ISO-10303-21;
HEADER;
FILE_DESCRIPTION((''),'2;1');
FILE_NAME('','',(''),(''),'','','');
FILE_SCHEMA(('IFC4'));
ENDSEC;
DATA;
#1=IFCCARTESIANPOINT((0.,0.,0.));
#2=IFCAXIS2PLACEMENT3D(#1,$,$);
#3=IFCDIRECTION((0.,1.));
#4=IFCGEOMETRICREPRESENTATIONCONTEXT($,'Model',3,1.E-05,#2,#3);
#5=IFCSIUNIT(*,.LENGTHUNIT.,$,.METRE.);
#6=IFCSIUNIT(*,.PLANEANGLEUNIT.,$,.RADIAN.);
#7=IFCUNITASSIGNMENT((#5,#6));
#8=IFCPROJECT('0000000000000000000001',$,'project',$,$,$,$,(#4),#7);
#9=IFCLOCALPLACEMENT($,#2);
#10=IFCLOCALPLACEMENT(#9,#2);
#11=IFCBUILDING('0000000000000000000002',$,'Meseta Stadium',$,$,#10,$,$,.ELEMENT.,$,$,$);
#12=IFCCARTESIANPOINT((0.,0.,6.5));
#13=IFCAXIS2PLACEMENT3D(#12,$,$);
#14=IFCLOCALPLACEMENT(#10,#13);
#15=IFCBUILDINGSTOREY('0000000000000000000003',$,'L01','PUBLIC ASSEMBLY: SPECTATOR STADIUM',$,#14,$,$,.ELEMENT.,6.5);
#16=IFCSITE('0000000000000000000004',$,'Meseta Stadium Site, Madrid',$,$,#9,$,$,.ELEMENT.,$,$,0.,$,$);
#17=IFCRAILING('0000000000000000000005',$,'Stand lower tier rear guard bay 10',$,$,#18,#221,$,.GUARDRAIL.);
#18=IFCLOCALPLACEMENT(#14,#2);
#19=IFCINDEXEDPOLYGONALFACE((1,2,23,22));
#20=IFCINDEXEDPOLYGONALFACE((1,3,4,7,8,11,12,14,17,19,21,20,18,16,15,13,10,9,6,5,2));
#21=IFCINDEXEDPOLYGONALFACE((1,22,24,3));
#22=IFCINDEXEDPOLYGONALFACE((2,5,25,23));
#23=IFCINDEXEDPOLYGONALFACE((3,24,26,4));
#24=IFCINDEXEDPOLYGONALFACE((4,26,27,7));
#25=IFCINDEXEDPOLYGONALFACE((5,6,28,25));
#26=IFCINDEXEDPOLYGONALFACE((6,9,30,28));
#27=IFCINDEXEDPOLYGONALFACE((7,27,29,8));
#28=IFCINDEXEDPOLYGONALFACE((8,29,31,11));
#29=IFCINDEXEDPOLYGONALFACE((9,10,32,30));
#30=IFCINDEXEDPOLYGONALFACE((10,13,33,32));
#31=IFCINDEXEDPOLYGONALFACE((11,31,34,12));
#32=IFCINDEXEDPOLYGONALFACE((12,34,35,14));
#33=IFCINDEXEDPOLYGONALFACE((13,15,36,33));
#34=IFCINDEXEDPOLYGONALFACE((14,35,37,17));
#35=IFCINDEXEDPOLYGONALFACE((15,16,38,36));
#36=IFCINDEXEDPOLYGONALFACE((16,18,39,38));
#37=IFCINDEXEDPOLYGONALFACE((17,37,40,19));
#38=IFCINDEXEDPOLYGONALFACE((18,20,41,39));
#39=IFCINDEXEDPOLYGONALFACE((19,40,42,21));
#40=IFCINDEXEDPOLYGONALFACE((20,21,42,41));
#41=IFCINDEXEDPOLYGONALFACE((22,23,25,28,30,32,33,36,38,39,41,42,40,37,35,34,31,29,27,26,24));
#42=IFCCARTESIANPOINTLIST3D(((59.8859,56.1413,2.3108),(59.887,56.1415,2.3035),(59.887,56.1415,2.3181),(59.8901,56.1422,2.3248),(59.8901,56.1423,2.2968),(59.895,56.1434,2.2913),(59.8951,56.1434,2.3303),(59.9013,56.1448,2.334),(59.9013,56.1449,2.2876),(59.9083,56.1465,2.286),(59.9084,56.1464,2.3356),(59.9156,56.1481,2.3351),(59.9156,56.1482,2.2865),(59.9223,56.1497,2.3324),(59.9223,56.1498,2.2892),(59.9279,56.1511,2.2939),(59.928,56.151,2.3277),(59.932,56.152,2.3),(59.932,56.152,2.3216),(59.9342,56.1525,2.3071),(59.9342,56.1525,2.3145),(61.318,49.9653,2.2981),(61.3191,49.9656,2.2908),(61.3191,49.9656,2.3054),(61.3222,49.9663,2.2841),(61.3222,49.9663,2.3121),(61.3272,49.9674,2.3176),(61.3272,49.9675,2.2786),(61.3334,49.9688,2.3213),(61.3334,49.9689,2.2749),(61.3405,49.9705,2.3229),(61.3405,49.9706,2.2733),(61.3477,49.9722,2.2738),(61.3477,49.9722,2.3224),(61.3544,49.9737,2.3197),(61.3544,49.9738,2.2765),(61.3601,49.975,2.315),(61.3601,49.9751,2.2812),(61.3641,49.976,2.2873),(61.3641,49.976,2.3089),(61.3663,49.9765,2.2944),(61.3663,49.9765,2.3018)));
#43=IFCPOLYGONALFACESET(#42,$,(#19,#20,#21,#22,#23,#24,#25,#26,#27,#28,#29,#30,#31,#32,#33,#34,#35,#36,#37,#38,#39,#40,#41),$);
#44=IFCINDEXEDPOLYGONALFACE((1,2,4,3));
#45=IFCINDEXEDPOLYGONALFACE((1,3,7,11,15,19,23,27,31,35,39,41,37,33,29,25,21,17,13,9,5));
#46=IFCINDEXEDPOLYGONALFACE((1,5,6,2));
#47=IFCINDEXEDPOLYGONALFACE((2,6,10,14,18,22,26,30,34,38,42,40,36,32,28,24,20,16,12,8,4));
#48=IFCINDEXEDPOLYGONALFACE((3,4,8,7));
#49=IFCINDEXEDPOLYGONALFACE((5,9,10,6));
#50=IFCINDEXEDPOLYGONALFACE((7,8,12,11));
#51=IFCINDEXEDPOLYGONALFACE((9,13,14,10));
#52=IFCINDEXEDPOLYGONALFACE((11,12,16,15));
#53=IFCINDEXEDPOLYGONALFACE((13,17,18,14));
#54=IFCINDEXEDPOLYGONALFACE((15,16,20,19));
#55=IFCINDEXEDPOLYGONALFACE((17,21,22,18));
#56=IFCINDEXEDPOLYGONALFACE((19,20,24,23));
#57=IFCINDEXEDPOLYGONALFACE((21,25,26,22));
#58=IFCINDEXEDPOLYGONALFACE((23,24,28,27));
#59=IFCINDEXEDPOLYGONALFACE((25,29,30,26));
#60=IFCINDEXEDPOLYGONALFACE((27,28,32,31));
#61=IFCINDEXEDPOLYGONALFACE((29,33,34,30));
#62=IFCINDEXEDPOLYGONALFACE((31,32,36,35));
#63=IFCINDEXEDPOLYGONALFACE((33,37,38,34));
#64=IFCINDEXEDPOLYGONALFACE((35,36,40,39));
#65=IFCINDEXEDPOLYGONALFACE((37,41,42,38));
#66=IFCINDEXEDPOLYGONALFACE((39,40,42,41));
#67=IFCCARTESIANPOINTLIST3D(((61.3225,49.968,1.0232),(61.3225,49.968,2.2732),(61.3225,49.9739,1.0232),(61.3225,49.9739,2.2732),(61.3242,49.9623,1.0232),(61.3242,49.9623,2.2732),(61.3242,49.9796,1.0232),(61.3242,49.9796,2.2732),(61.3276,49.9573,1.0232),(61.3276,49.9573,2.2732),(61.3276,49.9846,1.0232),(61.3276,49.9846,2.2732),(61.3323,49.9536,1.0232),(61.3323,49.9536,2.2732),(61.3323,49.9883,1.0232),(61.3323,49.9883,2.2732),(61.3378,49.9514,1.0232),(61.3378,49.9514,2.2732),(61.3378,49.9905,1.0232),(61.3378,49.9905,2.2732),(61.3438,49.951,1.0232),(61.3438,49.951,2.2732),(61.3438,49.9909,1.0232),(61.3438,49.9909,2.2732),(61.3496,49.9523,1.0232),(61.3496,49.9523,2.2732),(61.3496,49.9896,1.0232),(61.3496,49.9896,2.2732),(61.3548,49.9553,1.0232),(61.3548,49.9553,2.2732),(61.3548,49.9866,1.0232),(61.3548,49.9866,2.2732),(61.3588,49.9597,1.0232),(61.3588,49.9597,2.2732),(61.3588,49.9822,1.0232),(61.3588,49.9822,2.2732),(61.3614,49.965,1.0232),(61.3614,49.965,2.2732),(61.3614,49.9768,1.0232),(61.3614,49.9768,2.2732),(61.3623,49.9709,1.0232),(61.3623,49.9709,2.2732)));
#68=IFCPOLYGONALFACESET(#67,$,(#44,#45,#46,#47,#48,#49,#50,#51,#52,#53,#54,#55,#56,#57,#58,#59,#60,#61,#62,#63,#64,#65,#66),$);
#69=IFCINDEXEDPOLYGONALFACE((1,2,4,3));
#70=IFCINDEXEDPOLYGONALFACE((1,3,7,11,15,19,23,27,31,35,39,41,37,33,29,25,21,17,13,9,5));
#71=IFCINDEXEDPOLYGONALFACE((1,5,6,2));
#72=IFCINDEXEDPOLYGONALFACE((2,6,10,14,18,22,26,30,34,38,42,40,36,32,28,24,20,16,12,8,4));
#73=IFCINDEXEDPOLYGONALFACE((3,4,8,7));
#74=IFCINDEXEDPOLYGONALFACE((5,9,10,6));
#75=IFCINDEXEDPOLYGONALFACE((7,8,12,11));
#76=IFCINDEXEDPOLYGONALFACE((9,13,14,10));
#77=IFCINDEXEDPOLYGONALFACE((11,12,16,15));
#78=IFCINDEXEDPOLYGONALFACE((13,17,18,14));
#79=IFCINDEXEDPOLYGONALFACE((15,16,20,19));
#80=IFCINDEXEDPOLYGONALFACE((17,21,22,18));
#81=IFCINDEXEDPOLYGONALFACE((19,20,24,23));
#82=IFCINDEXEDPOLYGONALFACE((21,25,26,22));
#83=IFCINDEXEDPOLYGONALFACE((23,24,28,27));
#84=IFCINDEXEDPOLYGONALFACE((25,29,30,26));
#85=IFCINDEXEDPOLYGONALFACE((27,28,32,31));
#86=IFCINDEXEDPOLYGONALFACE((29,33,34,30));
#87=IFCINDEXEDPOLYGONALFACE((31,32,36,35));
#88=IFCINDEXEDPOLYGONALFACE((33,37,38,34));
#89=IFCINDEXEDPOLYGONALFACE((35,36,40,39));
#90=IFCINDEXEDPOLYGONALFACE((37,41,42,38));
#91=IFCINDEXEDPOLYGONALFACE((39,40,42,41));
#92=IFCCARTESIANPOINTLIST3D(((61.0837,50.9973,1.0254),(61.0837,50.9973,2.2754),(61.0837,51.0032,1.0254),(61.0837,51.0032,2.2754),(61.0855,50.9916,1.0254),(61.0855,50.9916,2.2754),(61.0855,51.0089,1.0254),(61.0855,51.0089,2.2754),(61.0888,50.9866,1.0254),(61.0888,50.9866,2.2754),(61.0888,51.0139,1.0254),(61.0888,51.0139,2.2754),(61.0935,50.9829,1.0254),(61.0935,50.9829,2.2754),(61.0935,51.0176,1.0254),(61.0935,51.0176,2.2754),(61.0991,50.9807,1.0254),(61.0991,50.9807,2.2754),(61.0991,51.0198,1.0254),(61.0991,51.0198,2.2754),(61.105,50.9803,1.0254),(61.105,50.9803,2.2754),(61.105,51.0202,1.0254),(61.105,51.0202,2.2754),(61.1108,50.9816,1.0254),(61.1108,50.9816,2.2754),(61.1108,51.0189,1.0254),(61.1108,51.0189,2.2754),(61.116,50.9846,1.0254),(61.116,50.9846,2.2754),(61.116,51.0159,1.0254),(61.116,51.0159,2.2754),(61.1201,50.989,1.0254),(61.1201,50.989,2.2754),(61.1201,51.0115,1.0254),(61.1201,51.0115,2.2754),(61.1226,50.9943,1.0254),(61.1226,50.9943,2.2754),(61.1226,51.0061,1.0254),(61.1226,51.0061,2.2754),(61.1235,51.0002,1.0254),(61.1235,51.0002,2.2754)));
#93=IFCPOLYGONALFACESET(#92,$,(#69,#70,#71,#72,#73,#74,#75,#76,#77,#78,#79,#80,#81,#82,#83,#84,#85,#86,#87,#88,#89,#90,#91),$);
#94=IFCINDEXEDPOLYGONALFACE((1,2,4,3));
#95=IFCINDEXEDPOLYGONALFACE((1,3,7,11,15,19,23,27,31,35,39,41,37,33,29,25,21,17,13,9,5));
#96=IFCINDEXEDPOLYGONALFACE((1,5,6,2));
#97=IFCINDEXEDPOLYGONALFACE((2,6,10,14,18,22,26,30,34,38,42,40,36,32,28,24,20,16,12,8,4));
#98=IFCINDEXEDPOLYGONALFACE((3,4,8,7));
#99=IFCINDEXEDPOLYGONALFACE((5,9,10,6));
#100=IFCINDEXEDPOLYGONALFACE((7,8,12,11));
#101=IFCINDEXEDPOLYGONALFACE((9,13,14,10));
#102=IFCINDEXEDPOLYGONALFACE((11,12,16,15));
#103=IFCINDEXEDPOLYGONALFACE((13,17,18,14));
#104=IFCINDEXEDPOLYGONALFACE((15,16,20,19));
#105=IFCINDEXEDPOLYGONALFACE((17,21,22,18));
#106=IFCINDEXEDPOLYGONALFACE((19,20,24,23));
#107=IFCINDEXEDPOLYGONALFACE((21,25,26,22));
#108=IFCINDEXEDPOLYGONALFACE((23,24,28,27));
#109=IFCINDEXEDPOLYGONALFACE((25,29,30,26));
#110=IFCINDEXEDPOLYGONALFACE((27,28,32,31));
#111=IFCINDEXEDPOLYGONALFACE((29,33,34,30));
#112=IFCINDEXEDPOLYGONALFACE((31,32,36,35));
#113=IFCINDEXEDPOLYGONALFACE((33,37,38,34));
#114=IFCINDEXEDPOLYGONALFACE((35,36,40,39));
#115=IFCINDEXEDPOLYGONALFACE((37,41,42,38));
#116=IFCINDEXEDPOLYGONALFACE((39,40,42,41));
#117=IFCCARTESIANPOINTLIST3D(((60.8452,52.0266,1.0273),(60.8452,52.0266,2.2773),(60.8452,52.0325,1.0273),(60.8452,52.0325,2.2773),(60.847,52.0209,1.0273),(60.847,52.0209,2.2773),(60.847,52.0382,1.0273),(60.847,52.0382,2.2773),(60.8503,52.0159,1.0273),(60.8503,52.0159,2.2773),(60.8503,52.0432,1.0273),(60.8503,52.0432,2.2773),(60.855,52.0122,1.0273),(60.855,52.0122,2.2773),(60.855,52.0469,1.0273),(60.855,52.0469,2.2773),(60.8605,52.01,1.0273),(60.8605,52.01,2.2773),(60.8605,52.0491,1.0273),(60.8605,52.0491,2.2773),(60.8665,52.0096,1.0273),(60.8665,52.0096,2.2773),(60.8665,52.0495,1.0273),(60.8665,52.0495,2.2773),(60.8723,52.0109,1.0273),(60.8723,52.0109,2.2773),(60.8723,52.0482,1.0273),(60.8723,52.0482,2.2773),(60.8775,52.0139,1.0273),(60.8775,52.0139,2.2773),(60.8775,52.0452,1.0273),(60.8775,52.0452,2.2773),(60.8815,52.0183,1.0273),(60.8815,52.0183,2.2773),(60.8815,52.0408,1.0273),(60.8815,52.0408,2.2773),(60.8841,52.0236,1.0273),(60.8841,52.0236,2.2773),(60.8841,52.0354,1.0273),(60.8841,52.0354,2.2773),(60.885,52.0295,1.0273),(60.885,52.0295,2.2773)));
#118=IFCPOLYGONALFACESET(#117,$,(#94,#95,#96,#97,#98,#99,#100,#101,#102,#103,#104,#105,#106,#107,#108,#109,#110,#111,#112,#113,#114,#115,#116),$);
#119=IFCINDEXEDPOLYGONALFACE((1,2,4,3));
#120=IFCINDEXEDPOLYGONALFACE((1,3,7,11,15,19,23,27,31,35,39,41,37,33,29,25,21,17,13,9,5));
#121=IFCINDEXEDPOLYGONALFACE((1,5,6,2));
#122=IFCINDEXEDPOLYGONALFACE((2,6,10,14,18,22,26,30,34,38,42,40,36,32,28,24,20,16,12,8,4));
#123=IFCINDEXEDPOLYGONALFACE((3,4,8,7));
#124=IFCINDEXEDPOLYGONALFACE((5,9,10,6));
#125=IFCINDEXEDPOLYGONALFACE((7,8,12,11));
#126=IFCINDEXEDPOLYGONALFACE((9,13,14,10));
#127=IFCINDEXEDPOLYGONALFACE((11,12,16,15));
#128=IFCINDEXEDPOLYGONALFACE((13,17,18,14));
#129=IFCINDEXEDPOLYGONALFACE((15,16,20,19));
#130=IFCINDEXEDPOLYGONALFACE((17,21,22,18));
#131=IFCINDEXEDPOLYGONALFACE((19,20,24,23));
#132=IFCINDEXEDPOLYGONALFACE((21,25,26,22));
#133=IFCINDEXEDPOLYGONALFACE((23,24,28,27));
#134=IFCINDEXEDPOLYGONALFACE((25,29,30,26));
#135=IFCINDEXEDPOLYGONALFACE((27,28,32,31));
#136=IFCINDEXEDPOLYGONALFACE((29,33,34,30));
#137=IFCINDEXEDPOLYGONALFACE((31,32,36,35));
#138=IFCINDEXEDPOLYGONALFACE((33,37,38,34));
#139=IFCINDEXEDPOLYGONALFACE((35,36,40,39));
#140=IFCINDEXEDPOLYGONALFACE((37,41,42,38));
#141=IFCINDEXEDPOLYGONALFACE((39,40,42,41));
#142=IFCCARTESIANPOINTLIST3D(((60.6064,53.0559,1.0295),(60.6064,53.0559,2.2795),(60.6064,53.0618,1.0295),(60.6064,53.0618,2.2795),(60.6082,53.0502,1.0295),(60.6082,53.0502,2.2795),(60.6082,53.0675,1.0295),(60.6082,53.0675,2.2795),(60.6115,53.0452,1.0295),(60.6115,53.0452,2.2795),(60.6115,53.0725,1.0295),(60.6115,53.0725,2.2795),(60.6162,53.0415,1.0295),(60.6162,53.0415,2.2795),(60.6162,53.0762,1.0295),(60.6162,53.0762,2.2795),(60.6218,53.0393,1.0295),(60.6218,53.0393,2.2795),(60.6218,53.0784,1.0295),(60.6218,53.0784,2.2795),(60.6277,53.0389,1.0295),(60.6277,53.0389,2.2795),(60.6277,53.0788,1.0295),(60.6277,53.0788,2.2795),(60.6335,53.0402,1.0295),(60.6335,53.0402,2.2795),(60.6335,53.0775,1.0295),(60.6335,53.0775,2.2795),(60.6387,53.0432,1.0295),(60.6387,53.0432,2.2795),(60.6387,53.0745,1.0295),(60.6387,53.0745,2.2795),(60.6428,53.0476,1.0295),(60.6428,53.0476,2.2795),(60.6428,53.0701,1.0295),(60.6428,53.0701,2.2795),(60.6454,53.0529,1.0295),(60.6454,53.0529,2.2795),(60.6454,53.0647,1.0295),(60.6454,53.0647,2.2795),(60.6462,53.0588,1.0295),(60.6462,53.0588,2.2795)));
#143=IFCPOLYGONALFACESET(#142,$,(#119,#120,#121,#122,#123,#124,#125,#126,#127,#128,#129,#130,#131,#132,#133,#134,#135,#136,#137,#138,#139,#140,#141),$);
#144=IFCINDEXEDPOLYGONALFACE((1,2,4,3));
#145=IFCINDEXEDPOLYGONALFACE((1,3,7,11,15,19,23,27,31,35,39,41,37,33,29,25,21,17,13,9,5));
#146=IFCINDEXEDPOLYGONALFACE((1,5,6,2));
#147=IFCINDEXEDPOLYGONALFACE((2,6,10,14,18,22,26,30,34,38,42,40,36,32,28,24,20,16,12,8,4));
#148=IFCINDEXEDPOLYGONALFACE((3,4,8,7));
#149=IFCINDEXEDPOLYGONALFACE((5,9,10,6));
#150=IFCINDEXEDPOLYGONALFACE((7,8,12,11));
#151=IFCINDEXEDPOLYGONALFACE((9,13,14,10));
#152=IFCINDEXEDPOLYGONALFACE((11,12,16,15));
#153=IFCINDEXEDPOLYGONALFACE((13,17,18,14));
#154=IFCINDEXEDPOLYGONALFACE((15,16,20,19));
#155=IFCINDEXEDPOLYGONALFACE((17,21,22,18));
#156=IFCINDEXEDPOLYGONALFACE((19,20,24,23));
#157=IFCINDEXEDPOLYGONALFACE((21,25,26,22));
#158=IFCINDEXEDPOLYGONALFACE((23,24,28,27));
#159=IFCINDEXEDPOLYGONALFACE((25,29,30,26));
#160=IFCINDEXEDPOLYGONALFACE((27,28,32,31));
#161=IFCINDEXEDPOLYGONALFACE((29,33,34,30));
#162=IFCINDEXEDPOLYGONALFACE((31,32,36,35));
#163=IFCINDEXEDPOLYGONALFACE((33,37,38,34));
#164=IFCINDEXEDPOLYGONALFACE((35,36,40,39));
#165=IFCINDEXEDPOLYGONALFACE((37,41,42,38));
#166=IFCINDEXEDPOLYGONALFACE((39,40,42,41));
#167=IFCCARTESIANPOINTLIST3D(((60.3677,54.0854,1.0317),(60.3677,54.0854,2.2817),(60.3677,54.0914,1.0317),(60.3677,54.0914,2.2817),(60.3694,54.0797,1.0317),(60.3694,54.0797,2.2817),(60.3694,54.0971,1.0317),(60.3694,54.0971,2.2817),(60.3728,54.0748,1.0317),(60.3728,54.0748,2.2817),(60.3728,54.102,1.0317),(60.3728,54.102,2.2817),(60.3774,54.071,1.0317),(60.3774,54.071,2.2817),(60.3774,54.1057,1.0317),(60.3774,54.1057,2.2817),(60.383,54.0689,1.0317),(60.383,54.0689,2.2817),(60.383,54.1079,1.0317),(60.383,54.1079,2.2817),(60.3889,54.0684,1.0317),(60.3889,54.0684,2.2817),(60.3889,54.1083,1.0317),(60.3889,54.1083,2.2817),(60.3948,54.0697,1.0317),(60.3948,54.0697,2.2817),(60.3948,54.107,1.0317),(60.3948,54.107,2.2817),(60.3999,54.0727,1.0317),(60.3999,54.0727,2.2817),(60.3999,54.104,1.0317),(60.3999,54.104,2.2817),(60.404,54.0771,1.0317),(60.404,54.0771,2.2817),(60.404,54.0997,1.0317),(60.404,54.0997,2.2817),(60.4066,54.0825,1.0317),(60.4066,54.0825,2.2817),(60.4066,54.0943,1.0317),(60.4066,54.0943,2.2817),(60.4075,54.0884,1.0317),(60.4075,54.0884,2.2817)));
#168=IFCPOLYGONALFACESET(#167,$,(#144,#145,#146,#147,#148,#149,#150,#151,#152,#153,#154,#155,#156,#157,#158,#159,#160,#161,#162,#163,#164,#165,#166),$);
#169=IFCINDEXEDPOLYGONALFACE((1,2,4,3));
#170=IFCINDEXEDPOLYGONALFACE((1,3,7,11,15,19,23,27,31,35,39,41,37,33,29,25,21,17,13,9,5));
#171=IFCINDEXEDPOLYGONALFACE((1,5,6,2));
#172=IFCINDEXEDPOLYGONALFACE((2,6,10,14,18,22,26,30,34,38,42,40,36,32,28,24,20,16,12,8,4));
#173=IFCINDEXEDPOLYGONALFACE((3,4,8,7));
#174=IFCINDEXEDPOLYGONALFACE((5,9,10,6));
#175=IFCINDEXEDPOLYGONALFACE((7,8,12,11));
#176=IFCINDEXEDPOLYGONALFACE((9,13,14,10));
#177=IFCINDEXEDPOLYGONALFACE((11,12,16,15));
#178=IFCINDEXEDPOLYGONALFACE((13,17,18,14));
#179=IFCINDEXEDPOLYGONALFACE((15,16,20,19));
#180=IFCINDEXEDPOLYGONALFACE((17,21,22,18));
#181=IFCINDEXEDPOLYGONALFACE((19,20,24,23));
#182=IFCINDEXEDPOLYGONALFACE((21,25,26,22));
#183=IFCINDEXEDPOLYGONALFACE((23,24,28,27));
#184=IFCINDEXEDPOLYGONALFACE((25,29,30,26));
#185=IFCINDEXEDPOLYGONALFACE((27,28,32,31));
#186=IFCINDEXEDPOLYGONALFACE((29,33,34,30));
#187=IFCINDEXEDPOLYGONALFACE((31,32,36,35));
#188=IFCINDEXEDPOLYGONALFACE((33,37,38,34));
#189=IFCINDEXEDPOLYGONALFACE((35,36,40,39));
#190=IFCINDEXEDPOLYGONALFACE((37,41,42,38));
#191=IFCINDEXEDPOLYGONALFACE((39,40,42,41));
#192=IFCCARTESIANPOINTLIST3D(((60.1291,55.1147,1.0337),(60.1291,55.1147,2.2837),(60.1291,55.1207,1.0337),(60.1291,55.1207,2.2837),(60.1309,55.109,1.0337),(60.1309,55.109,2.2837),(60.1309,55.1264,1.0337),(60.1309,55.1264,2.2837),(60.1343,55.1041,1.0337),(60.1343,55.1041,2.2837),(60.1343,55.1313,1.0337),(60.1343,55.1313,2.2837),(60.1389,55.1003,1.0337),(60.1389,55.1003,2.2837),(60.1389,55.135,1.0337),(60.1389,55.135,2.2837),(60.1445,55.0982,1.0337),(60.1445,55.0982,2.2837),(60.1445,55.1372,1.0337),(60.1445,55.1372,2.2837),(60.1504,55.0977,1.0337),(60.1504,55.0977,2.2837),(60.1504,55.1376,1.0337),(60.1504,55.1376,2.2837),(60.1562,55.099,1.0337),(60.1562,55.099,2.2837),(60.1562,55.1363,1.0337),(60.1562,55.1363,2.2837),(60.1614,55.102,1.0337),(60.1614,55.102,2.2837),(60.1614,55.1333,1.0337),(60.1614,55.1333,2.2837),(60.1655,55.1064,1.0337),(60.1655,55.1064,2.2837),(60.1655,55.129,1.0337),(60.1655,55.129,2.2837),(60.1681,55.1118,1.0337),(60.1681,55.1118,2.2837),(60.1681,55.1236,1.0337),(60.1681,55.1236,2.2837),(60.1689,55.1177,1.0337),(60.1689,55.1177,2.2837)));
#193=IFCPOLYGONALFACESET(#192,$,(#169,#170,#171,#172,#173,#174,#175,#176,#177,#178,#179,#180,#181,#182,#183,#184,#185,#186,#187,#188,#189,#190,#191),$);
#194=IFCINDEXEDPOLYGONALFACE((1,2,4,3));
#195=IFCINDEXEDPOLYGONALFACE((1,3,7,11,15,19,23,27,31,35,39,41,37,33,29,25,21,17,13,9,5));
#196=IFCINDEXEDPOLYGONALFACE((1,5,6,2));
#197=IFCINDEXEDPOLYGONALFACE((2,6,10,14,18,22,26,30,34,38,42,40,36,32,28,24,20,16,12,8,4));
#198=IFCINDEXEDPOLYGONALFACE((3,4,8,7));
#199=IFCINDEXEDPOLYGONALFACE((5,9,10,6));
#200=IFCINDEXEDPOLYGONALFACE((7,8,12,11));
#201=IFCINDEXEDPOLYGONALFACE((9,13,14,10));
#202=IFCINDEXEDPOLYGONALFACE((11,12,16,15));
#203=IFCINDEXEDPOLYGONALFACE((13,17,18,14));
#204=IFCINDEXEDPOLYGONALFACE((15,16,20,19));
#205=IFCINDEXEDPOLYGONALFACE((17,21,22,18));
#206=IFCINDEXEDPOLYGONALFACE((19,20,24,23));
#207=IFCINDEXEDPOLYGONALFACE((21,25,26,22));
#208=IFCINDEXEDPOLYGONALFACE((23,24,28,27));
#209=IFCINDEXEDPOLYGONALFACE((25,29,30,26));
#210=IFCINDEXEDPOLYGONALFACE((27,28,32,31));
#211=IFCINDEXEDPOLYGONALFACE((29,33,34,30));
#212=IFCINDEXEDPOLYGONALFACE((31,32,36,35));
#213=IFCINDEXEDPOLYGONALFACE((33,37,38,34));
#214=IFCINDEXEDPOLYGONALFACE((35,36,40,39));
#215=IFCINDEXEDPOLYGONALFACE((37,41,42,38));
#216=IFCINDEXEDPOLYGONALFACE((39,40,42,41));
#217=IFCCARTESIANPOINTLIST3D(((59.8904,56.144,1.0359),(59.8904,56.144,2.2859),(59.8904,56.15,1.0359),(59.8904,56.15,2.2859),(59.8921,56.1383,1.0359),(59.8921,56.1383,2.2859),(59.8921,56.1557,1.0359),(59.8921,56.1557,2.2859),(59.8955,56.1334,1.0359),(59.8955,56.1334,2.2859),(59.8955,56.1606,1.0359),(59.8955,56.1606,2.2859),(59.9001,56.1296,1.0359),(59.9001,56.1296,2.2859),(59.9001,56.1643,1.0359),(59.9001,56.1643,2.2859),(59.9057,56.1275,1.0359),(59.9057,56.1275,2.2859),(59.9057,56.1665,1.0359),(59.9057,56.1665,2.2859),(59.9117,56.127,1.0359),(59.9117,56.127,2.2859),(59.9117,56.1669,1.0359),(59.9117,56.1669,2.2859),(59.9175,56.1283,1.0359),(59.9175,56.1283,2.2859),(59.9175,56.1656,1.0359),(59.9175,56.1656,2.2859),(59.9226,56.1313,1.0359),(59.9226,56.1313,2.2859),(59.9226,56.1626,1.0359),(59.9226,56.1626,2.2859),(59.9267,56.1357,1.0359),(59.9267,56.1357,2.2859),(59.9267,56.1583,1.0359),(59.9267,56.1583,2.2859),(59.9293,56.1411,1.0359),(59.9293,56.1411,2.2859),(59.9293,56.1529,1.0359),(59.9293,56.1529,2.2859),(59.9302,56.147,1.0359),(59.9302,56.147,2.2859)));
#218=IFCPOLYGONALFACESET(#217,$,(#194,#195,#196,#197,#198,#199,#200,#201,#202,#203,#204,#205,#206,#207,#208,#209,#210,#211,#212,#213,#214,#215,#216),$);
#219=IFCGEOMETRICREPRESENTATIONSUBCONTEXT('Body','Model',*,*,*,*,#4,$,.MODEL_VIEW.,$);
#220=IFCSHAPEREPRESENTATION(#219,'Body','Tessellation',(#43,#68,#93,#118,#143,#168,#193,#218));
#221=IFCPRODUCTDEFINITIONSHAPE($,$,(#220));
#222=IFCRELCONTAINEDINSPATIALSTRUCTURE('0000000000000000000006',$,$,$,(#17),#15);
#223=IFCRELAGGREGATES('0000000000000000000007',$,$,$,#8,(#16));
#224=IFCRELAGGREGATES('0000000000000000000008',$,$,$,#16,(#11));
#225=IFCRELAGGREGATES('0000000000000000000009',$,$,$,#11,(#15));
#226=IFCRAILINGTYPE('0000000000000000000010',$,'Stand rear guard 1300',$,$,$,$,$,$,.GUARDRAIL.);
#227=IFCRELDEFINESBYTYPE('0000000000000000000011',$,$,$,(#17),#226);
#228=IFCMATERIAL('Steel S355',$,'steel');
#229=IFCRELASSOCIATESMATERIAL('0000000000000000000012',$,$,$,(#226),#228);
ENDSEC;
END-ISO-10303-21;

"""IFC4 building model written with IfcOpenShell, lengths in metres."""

from ifc_helpers import new_model, si_unit, direction, frame, origin, origin_2d, place, context, subcontext, project, spatial, circle, extrude, material, type_object, element, save


model = new_model("IFC4")

# Units and contexts
model_context = context("Model", 3, precision=1e-05, world=origin(), true_north=direction((0.0, 1.0)))
body_context = subcontext(model_context, "Body", "Model", "MODEL_VIEW")
ifc_project = project(units=[si_unit("LENGTHUNIT", "METRE"), si_unit("PLANEANGLEUNIT", "RADIAN")], contexts=[model_context])

# Site, building, storey
site_placement = place(None, origin())
site = spatial("IfcSite", under=ifc_project, at=site_placement, Name="Meseta Stadium Site, Madrid", CompositionType="ELEMENT", RefElevation=0.0)
building_placement = place(site_placement, origin())
building = spatial("IfcBuilding", under=site, at=building_placement, Name="Meseta Stadium", CompositionType="ELEMENT")
storey_placement = place(building_placement, frame((0.0, 0.0, 6.5)))
storey = spatial("IfcBuildingStorey", under=building, at=storey_placement, Name="L01", Description="PUBLIC ASSEMBLY: SPECTATOR STADIUM", CompositionType="ELEMENT", Elevation=6.5)

# Railing
ifc_material_1 = material(Name="Steel S355", Category="steel")
railing_type = type_object("IfcRailingType", Name="Stand rear guard 1300", PredefinedType="GUARDRAIL", material=ifc_material_1)
railing_1_placement = place(storey_placement, frame((61.3423, 49.9709, 1.0232)))
element("IfcRailing", 1, at=railing_1_placement, inside=storey, type_object=railing_type, Name="Stand lower tier rear guard bay 10", PredefinedType="GUARDRAIL", context=body_context, shape_type="SweptSolid", body=[
    extrude(circle(Radius=0.0249, at=origin_2d()), frame((0.0, 0.0, 1.2749), z_axis=(-0.225891, 0.974151, 0.002002), x_axis=(-0.974152, -0.225892, 0.0)), (0.0, 0.0, 1.0), 6.3398),
    extrude(circle(Radius=0.02, at=origin_2d()), origin(), (0.0, 0.0, 1.0), 1.25),
    extrude(circle(Radius=0.02, at=origin_2d()), frame((-0.2388, 1.0293, 0.0022)), (0.0, 0.0, 1.0), 1.25),
    extrude(circle(Radius=0.02, at=origin_2d()), frame((-0.4773, 2.0586, 0.0042)), (0.0, 0.0, 1.0), 1.25),
    extrude(circle(Radius=0.02, at=origin_2d()), frame((-0.7161, 3.0879, 0.0063)), (0.0, 0.0, 1.0), 1.25),
    extrude(circle(Radius=0.02, at=origin_2d()), frame((-0.9548, 4.1174, 0.0085)), (0.0, 0.0, 1.0), 1.25),
    extrude(circle(Radius=0.02, at=origin_2d()), frame((-1.1934, 5.1467, 0.0105)), (0.0, 0.0, 1.0), 1.25),
    extrude(circle(Radius=0.02, at=origin_2d()), frame((-1.4321, 6.176, 0.0127)), (0.0, 0.0, 1.0), 1.25),
])

save(model, "model.ifc")
